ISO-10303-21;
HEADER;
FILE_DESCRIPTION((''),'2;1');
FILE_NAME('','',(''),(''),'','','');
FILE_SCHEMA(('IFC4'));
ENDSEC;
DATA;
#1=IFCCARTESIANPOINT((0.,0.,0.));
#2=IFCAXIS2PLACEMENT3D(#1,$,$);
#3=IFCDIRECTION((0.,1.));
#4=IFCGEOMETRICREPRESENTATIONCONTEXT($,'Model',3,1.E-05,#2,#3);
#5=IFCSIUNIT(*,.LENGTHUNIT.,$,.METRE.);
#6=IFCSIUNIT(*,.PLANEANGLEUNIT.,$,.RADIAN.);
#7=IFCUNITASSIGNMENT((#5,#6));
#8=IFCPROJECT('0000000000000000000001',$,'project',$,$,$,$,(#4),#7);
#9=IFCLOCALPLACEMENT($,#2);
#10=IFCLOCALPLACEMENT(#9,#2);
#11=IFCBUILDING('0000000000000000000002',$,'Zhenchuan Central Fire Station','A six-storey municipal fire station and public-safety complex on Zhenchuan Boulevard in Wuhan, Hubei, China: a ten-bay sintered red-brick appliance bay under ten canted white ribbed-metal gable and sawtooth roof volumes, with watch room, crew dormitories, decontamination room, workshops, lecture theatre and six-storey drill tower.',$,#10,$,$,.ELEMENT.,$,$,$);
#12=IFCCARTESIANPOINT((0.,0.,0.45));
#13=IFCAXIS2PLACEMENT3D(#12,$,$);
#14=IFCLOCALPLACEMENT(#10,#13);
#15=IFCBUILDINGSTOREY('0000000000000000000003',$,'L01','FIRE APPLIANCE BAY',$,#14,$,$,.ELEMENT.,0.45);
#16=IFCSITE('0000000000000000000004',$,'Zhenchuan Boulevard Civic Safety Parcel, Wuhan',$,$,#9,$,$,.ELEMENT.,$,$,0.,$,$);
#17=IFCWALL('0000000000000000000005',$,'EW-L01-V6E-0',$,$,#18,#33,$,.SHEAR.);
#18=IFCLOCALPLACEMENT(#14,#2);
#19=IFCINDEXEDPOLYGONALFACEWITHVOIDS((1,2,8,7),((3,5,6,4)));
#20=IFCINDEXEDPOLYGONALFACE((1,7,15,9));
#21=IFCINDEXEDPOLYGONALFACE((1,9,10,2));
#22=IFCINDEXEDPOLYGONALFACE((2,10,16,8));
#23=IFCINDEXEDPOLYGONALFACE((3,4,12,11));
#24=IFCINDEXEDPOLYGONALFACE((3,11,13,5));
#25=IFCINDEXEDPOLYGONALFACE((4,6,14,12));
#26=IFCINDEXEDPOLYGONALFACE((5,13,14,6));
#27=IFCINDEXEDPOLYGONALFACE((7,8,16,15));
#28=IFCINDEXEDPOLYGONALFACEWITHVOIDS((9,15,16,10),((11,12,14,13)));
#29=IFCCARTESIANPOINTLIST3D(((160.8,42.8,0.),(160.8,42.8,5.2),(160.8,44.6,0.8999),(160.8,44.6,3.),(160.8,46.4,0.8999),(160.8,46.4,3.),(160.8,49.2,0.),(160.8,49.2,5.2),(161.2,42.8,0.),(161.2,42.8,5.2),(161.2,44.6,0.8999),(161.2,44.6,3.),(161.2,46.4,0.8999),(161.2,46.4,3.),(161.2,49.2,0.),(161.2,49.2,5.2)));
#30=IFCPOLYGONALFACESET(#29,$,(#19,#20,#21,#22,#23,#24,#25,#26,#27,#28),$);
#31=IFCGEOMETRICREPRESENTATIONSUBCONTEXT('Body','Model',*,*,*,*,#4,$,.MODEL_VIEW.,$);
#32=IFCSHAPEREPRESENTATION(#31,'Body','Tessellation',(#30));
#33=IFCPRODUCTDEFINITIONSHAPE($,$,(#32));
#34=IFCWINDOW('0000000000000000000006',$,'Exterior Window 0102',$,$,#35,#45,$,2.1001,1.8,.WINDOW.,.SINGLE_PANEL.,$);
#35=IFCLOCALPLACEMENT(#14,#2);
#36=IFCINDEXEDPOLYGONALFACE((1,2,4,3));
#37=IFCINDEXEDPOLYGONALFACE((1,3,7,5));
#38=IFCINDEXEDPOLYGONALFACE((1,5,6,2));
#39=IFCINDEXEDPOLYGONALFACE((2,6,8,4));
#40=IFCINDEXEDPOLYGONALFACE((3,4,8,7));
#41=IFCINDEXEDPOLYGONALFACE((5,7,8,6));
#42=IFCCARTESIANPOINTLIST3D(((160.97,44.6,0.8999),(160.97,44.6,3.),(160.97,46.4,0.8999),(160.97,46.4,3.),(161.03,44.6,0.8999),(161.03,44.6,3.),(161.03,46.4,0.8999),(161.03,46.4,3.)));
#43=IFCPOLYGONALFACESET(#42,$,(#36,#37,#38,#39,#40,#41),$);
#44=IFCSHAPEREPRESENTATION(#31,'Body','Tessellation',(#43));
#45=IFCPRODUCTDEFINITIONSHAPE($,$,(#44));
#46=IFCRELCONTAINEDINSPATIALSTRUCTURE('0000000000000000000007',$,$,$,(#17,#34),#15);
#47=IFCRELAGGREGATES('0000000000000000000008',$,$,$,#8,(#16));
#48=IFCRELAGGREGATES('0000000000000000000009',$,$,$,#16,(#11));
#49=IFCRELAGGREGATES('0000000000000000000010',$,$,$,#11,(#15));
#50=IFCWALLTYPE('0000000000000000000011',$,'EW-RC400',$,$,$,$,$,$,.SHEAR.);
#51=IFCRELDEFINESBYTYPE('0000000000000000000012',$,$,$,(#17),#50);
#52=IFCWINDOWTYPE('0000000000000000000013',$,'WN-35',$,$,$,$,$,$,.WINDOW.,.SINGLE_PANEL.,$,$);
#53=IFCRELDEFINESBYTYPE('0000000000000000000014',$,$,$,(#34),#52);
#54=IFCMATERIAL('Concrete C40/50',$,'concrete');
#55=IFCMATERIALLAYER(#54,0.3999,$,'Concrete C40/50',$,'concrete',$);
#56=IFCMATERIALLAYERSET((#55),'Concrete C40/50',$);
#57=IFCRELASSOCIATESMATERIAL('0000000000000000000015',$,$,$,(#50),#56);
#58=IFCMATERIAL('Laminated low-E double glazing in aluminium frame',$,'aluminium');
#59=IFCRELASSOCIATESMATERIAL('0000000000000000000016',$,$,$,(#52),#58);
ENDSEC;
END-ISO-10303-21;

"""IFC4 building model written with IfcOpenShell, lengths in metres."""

from ifc_helpers import new_model, si_unit, direction, frame, frame_2d, origin, place, context, subcontext, project, spatial, rectangle, extrude, material, layer, layer_set, type_object, element, fill, save


model = new_model("IFC4")

# Units and contexts
model_context = context("Model", 3, precision=1e-05, world=origin(), true_north=direction((0.0, 1.0)))
body_context = subcontext(model_context, "Body", "Model", "MODEL_VIEW")
ifc_project = project(units=[si_unit("LENGTHUNIT", "METRE"), si_unit("PLANEANGLEUNIT", "RADIAN")], contexts=[model_context])

# Site, building, storey
site_placement = place(None, origin())
site = spatial("IfcSite", under=ifc_project, at=site_placement, Name="Zhenchuan Boulevard Civic Safety Parcel, Wuhan", CompositionType="ELEMENT", RefElevation=0.0)
building_placement = place(site_placement, origin())
building = spatial("IfcBuilding", under=site, at=building_placement, Name="Zhenchuan Central Fire Station", Description="A six-storey municipal fire station and public-safety complex on Zhenchuan Boulevard in Wuhan, Hubei, China: a ten-bay sintered red-brick appliance bay under ten canted white ribbed-metal gable and sawtooth roof volumes, with watch room, crew dormitories, decontamination room, workshops, lecture theatre and six-storey drill tower.", CompositionType="ELEMENT")
storey_placement = place(building_placement, frame((0.0, 0.0, 0.45)))
storey = spatial("IfcBuildingStorey", under=building, at=storey_placement, Name="L01", Description="FIRE APPLIANCE BAY", CompositionType="ELEMENT", Elevation=0.45)

# Shared definitions
ifc_material_1 = material(Name="Concrete C40/50", Category="concrete")

# Wall, opening, window
ifc_layer_1 = layer(ifc_material_1, 0.3999, Name="Concrete C40/50", Category="concrete")
ifc_layer_set_1 = layer_set([ifc_layer_1], Name="Concrete C40/50")
wall_type = type_object("IfcWallType", Name="EW-RC400", PredefinedType="SHEAR", material=ifc_layer_set_1)
wall_placement = place(storey_placement, frame((161.0, 42.8, 0.0), z_axis=(0.0, 0.0, 1.0), x_axis=(0.0, 1.0, 0.0)))
wall = element("IfcWall", 1, at=wall_placement, inside=storey, type_object=wall_type, Name="EW-L01-V6E-0", PredefinedType="SHEAR", context=body_context, shape_type="SweptSolid", body=[
    extrude(rectangle(XDim=6.3999, YDim=0.3999, at=frame_2d((3.2, 0.0))), origin(), (0.0, 0.0, 1.0), 5.2),
])
opening_placement = place(wall_placement, frame((1.8, 0.0, 0.8999)))
opening = element("IfcOpeningElement", 2, at=opening_placement, cuts=wall, PredefinedType="OPENING", context=body_context, shape_type="SweptSolid", body=[
    extrude(rectangle(XDim=1.8, YDim=2.1001, at=frame_2d((0.8999, 1.05))), frame((0.0, 0.21, 0.0), z_axis=(0.0, -1.0, 0.0), x_axis=(1.0, 0.0, 0.0)), (0.0, 0.0, 1.0), 0.4199),
])
ifc_material_2 = material(Name="Laminated low-E double glazing in aluminium frame", Category="aluminium")
window_type = type_object("IfcWindowType", Name="WN-35", PartitioningType="SINGLE_PANEL", PredefinedType="WINDOW", material=ifc_material_2)
window_placement = place(opening_placement, origin())
window = element("IfcWindow", 3, at=window_placement, inside=storey, type_object=window_type, Name="Exterior Window 0102", OverallHeight=2.1001, OverallWidth=1.8, PartitioningType="SINGLE_PANEL", PredefinedType="WINDOW", context=body_context, shape_type="SweptSolid", body=[
    extrude(rectangle(XDim=1.8, YDim=2.1001, at=frame_2d((0.8999, 1.05))), frame((0.0, 0.03, 0.0), z_axis=(0.0, -1.0, 0.0), x_axis=(1.0, 0.0, 0.0)), (0.0, 0.0, 1.0), 0.0601),
])
fill(opening, window)

save(model, "model.ifc")
